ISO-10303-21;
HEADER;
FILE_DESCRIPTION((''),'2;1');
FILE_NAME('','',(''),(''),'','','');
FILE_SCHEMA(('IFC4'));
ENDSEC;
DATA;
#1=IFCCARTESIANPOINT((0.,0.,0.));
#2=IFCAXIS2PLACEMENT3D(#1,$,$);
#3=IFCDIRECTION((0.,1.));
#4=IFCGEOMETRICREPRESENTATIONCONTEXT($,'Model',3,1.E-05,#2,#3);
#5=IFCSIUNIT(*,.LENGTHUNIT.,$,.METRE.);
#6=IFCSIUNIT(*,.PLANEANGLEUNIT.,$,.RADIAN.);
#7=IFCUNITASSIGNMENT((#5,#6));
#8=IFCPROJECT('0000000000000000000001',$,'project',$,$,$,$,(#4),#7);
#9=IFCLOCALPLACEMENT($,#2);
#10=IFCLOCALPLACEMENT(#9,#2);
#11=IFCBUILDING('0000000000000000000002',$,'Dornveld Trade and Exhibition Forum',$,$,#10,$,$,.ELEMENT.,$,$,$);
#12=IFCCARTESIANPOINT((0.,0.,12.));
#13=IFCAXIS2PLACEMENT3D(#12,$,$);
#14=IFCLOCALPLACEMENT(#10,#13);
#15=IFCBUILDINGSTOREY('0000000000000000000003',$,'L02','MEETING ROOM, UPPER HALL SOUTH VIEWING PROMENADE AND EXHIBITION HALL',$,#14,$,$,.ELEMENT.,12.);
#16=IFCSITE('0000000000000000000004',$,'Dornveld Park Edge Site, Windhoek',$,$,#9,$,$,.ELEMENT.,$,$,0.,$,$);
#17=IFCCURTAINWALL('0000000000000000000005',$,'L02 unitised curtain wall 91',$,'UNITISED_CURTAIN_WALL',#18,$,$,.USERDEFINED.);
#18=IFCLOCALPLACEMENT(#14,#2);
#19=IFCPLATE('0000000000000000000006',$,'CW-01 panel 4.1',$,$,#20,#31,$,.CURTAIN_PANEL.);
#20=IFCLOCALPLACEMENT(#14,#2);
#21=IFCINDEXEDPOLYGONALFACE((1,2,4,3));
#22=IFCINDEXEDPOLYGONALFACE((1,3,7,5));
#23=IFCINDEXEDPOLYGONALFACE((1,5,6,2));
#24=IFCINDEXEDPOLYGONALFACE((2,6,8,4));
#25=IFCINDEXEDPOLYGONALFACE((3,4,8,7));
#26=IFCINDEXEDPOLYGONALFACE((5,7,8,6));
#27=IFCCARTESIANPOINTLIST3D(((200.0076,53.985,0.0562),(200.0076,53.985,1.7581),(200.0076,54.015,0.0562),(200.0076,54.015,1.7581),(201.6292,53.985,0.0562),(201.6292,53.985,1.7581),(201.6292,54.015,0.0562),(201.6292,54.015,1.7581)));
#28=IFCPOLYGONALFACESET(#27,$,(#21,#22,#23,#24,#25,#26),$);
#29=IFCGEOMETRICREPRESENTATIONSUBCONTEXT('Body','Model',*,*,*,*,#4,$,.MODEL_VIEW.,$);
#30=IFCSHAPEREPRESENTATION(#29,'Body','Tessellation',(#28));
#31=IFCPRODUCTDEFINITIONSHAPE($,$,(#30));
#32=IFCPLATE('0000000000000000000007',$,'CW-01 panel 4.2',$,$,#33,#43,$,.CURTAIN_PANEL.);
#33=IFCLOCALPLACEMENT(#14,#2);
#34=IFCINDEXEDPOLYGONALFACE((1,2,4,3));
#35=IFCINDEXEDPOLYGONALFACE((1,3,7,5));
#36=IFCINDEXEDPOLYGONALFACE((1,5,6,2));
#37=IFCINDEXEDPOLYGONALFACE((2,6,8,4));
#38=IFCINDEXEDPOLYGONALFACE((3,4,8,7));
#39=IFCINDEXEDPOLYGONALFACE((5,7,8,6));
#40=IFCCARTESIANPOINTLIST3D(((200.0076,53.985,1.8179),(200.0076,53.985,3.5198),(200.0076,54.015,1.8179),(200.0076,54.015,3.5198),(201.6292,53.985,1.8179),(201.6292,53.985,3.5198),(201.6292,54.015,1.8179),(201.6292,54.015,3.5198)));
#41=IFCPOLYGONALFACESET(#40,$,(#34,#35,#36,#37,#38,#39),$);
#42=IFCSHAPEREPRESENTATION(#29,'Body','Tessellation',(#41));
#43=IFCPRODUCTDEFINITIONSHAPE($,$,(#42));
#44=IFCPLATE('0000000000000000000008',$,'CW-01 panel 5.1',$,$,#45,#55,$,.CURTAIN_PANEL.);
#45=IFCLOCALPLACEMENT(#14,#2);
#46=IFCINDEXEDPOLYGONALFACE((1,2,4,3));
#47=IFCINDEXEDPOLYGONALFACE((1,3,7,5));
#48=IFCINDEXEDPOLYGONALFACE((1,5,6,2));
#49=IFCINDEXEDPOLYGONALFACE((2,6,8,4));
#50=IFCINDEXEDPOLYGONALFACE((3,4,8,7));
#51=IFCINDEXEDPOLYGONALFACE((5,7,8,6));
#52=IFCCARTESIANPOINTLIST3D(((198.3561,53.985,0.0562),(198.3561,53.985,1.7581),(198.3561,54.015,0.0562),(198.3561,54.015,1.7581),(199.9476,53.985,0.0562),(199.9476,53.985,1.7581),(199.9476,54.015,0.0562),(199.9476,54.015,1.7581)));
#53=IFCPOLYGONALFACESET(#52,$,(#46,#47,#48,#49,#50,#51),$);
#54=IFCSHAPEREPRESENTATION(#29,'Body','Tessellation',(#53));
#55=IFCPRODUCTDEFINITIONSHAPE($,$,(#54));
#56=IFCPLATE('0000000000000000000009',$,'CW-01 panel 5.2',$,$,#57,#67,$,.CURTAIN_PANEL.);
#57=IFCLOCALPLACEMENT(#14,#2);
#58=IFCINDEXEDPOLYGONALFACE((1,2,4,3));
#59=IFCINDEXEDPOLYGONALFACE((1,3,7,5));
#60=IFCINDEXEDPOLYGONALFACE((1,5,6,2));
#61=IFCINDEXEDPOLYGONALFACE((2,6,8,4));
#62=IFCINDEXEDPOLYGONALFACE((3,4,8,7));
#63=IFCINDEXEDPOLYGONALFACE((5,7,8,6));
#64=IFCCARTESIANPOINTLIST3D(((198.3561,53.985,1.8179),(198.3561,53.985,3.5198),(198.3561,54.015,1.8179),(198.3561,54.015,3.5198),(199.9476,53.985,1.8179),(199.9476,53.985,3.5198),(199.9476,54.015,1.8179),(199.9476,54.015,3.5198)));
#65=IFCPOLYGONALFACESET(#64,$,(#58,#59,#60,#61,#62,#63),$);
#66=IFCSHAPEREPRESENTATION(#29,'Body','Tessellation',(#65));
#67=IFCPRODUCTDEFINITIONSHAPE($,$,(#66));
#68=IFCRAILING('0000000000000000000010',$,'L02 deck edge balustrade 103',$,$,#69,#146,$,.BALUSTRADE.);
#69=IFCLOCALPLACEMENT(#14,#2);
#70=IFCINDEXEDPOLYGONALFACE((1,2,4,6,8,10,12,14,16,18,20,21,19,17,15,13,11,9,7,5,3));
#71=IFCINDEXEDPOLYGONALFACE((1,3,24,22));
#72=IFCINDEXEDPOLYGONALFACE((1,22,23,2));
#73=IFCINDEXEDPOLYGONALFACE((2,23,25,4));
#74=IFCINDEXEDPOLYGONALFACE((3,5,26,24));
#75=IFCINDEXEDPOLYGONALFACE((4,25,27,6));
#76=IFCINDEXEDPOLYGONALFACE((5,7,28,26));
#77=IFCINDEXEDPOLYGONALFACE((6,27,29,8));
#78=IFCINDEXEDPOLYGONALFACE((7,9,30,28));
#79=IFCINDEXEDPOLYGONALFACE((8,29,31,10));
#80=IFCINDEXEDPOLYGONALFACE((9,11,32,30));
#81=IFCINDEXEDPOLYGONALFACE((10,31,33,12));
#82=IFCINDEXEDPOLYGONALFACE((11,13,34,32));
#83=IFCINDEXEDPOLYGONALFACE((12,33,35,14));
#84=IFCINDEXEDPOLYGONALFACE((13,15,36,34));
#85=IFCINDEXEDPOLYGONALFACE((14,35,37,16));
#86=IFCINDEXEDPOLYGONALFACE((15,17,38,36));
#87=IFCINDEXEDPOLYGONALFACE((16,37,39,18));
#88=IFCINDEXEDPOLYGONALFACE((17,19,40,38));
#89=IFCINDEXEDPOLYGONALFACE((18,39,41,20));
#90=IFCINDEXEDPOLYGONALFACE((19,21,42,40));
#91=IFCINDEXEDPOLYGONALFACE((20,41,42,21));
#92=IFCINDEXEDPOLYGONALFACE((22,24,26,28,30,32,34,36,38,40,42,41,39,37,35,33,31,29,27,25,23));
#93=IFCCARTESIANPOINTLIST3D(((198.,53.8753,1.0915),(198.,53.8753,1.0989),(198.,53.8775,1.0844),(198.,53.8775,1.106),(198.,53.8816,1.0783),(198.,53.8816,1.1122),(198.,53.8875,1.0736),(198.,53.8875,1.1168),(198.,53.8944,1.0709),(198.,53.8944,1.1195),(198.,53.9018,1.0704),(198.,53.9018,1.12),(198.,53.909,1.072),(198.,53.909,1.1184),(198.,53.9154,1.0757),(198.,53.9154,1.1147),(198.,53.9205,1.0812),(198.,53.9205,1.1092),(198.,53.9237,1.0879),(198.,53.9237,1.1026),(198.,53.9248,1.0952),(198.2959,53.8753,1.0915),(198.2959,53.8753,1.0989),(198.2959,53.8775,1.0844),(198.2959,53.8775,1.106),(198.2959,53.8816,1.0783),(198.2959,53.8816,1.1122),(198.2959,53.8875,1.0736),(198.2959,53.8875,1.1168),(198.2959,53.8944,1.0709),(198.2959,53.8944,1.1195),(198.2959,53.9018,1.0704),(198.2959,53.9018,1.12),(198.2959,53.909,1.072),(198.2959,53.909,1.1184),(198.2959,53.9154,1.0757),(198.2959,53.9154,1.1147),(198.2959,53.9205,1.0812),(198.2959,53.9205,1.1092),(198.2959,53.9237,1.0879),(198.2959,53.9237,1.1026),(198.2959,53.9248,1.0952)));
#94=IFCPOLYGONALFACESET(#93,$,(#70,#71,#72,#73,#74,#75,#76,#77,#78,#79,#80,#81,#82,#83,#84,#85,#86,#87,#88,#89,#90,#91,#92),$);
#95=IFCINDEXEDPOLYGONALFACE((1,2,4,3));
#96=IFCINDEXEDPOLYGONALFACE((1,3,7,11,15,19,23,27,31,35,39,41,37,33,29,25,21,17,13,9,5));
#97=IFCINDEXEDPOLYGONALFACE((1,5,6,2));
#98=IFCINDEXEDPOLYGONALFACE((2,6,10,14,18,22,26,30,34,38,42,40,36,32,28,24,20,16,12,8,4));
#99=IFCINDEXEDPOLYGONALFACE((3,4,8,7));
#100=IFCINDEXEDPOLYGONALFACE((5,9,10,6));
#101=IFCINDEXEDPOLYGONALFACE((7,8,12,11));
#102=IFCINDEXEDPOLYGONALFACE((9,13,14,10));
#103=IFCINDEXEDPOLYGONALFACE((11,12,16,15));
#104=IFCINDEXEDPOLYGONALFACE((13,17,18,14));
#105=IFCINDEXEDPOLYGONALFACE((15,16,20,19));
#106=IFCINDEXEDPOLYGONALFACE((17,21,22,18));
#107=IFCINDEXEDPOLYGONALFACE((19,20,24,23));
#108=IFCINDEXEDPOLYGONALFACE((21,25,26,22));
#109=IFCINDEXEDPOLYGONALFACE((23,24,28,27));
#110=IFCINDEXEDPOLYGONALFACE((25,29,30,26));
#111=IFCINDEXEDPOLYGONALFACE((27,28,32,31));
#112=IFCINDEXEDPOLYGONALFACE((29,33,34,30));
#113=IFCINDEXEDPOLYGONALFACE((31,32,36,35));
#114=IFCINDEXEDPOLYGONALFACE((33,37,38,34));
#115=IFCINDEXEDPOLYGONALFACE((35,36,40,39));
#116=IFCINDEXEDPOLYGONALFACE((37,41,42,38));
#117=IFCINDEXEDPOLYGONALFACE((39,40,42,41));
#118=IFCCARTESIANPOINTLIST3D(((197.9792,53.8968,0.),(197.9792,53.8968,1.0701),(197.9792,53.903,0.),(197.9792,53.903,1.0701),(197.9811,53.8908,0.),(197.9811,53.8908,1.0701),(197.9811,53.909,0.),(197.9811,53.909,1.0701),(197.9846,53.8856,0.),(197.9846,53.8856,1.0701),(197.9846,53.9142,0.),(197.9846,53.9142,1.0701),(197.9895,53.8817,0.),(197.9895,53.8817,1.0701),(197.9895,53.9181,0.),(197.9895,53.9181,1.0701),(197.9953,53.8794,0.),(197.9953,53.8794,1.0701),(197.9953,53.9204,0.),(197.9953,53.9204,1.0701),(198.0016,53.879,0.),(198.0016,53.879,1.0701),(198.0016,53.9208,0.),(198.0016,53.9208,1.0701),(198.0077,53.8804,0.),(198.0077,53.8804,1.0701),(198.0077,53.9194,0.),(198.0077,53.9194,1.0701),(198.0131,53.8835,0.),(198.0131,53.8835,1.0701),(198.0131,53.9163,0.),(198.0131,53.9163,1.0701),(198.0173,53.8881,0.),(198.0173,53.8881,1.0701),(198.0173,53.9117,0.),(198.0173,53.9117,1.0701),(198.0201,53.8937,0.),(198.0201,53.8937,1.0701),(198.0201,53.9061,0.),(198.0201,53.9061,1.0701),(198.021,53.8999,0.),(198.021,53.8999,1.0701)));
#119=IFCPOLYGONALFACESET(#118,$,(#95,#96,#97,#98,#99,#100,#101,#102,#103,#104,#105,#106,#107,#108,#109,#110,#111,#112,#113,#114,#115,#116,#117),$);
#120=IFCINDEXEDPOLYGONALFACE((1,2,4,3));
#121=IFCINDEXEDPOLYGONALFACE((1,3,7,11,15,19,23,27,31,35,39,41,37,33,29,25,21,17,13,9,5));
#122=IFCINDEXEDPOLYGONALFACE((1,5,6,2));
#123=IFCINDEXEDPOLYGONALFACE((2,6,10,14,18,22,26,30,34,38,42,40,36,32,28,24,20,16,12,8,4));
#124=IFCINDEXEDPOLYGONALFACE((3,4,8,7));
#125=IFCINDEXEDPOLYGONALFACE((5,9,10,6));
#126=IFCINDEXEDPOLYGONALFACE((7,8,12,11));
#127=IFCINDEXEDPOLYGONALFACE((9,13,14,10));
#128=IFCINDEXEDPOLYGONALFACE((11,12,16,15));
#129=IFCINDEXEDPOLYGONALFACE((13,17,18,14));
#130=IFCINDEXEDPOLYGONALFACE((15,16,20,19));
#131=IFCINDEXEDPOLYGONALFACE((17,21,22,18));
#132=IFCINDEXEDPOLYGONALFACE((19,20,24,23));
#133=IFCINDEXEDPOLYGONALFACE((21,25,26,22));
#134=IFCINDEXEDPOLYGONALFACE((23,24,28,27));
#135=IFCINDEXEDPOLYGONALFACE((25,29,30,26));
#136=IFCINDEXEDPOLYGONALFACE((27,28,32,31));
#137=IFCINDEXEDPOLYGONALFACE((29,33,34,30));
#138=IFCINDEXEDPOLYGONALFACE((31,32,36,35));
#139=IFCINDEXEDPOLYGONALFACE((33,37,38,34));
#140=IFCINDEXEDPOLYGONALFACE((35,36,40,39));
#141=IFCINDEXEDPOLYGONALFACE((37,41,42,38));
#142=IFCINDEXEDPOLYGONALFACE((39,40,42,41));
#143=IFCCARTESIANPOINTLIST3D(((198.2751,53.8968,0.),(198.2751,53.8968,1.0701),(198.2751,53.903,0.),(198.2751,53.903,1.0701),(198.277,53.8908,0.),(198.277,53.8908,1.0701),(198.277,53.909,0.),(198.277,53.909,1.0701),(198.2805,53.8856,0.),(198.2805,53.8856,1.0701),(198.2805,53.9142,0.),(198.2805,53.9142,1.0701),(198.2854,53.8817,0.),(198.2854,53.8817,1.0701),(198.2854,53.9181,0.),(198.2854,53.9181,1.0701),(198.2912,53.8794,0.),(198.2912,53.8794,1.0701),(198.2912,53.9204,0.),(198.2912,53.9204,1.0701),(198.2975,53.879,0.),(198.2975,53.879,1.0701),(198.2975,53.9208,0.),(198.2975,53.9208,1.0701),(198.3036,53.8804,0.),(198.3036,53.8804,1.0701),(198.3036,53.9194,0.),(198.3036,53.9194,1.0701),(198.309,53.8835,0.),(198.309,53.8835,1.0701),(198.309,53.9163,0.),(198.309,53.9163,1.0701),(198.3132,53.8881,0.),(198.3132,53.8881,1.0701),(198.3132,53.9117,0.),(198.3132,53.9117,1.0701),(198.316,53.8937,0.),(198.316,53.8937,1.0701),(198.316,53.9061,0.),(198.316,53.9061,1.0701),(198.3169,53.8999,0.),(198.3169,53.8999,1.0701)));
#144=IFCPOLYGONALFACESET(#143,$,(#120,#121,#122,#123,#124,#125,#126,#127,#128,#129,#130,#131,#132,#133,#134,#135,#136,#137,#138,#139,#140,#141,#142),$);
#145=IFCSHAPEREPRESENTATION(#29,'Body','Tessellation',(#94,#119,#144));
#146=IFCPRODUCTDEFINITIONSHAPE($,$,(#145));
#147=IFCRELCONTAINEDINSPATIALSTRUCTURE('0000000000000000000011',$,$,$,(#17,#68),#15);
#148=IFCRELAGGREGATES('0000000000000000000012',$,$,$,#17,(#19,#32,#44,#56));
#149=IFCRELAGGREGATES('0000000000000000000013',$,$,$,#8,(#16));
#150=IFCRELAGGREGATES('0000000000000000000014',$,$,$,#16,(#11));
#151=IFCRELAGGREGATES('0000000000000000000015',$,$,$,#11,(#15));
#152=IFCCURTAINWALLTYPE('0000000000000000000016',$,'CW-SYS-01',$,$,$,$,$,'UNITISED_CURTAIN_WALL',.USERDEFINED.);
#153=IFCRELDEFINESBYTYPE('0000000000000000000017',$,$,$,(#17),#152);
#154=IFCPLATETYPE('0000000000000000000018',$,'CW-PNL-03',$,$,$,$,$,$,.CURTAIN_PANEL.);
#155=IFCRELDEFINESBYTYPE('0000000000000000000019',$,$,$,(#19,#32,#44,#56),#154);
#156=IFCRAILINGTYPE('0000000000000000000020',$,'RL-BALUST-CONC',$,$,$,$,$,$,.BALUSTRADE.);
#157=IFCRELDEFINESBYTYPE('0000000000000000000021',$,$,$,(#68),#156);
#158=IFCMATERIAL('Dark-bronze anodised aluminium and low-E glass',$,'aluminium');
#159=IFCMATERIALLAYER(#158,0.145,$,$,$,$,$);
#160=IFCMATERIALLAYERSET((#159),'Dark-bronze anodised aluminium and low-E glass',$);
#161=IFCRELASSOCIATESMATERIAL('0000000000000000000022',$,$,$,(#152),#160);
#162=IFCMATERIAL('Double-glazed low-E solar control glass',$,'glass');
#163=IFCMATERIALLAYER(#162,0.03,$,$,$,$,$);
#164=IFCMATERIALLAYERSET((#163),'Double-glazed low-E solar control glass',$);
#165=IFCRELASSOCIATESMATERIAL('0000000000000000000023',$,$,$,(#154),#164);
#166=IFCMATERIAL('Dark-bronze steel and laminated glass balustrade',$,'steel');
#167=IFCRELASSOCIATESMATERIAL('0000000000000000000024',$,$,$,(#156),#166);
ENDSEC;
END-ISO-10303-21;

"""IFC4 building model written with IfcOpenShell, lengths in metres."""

from ifc_helpers import new_model, si_unit, direction, frame, origin, origin_2d, place, context, subcontext, project, spatial, rectangle, circle, extrude, material, layer, layer_set, type_object, element, aggregate, save


model = new_model("IFC4")

# Units and contexts
model_context = context("Model", 3, precision=1e-05, world=origin(), true_north=direction((0.0, 1.0)))
body_context = subcontext(model_context, "Body", "Model", "MODEL_VIEW")
ifc_project = project(units=[si_unit("LENGTHUNIT", "METRE"), si_unit("PLANEANGLEUNIT", "RADIAN")], contexts=[model_context])

# Site, building, storey
site_placement = place(None, origin())
site = spatial("IfcSite", under=ifc_project, at=site_placement, Name="Dornveld Park Edge Site, Windhoek", CompositionType="ELEMENT", RefElevation=0.0)
building_placement = place(site_placement, origin())
building = spatial("IfcBuilding", under=site, at=building_placement, Name="Dornveld Trade and Exhibition Forum", CompositionType="ELEMENT")
storey_placement = place(building_placement, frame((0.0, 0.0, 12.0)))
storey = spatial("IfcBuildingStorey", under=building, at=storey_placement, Name="L02", Description="MEETING ROOM, UPPER HALL SOUTH VIEWING PROMENADE AND EXHIBITION HALL", CompositionType="ELEMENT", Elevation=12.0)

# Curtain wall, plates
ifc_material_1 = material(Name="Dark-bronze anodised aluminium and low-E glass", Category="aluminium")
ifc_layer_1 = layer(ifc_material_1, 0.145)
ifc_layer_set_1 = layer_set([ifc_layer_1], Name="Dark-bronze anodised aluminium and low-E glass")
curtain_wall_type = type_object("IfcCurtainWallType", Name="CW-SYS-01", ElementType="UNITISED_CURTAIN_WALL", PredefinedType="USERDEFINED", material=ifc_layer_set_1)
curtain_wall_placement = place(storey_placement, origin())
curtain_wall = element("IfcCurtainWall", 1, at=curtain_wall_placement, inside=storey, type_object=curtain_wall_type, Name="L02 unitised curtain wall 91", ObjectType="UNITISED_CURTAIN_WALL", PredefinedType="USERDEFINED")
ifc_material_2 = material(Name="Double-glazed low-E solar control glass", Category="glass")
ifc_layer_2 = layer(ifc_material_2, 0.03)
ifc_layer_set_2 = layer_set([ifc_layer_2], Name="Double-glazed low-E solar control glass")
plate_type = type_object("IfcPlateType", Name="CW-PNL-03", PredefinedType="CURTAIN_PANEL", material=ifc_layer_set_2)
plate_1_placement = place(storey_placement, frame((200.8184, 54.0, 0.0562), z_axis=(0.0, 0.0, 1.0), x_axis=(-1.0, 0.0, 0.0)))
plate_1 = element("IfcPlate", 2, at=plate_1_placement, type_object=plate_type, Name="CW-01 panel 4.1", PredefinedType="CURTAIN_PANEL", context=body_context, shape_type="SweptSolid", body=[
    extrude(rectangle(XDim=1.6216, YDim=0.03, at=origin_2d()), origin(), (0.0, 0.0, 1.0), 1.7019),
])
plate_2_placement = place(storey_placement, frame((200.8184, 54.0, 1.8179), z_axis=(0.0, 0.0, 1.0), x_axis=(-1.0, 0.0, 0.0)))
plate_2 = element("IfcPlate", 3, at=plate_2_placement, type_object=plate_type, Name="CW-01 panel 4.2", PredefinedType="CURTAIN_PANEL", context=body_context, shape_type="SweptSolid", body=[
    extrude(rectangle(XDim=1.6216, YDim=0.03, at=origin_2d()), origin(), (0.0, 0.0, 1.0), 1.7019),
])
plate_3_placement = place(storey_placement, frame((199.1519, 54.0, 0.0562), z_axis=(0.0, 0.0, 1.0), x_axis=(-1.0, 0.0, 0.0)))
plate_3 = element("IfcPlate", 4, at=plate_3_placement, type_object=plate_type, Name="CW-01 panel 5.1", PredefinedType="CURTAIN_PANEL", context=body_context, shape_type="SweptSolid", body=[
    extrude(rectangle(XDim=1.5916, YDim=0.03, at=origin_2d()), origin(), (0.0, 0.0, 1.0), 1.7019),
])
plate_4_placement = place(storey_placement, frame((199.1519, 54.0, 1.8179), z_axis=(0.0, 0.0, 1.0), x_axis=(-1.0, 0.0, 0.0)))
plate_4 = element("IfcPlate", 5, at=plate_4_placement, type_object=plate_type, Name="CW-01 panel 5.2", PredefinedType="CURTAIN_PANEL", context=body_context, shape_type="SweptSolid", body=[
    extrude(rectangle(XDim=1.5916, YDim=0.03, at=origin_2d()), origin(), (0.0, 0.0, 1.0), 1.7019),
])
aggregate(curtain_wall, [plate_1, plate_2, plate_3, plate_4])

# Railing
ifc_material_3 = material(Name="Dark-bronze steel and laminated glass balustrade", Category="steel")
railing_type = type_object("IfcRailingType", Name="RL-BALUST-CONC", PredefinedType="BALUSTRADE", material=ifc_material_3)
railing_placement = place(storey_placement, frame((198.0, 53.8999, 0.0)))
element("IfcRailing", 6, at=railing_placement, inside=storey, type_object=railing_type, Name="L02 deck edge balustrade 103", PredefinedType="BALUSTRADE", context=body_context, shape_type="SweptSolid", body=[
    extrude(circle(Radius=0.0249, at=origin_2d()), frame((0.0, 0.0, 1.0952), z_axis=(1.0, 0.0, 0.0), x_axis=(0.0, 1.0, 0.0)), (0.0, 0.0, 1.0), 0.2959),
    extrude(circle(Radius=0.021, at=origin_2d()), origin(), (0.0, 0.0, 1.0), 1.0701),
    extrude(circle(Radius=0.021, at=origin_2d()), frame((0.2959, 0.0, 0.0)), (0.0, 0.0, 1.0), 1.0701),
])

save(model, "model.ifc")
